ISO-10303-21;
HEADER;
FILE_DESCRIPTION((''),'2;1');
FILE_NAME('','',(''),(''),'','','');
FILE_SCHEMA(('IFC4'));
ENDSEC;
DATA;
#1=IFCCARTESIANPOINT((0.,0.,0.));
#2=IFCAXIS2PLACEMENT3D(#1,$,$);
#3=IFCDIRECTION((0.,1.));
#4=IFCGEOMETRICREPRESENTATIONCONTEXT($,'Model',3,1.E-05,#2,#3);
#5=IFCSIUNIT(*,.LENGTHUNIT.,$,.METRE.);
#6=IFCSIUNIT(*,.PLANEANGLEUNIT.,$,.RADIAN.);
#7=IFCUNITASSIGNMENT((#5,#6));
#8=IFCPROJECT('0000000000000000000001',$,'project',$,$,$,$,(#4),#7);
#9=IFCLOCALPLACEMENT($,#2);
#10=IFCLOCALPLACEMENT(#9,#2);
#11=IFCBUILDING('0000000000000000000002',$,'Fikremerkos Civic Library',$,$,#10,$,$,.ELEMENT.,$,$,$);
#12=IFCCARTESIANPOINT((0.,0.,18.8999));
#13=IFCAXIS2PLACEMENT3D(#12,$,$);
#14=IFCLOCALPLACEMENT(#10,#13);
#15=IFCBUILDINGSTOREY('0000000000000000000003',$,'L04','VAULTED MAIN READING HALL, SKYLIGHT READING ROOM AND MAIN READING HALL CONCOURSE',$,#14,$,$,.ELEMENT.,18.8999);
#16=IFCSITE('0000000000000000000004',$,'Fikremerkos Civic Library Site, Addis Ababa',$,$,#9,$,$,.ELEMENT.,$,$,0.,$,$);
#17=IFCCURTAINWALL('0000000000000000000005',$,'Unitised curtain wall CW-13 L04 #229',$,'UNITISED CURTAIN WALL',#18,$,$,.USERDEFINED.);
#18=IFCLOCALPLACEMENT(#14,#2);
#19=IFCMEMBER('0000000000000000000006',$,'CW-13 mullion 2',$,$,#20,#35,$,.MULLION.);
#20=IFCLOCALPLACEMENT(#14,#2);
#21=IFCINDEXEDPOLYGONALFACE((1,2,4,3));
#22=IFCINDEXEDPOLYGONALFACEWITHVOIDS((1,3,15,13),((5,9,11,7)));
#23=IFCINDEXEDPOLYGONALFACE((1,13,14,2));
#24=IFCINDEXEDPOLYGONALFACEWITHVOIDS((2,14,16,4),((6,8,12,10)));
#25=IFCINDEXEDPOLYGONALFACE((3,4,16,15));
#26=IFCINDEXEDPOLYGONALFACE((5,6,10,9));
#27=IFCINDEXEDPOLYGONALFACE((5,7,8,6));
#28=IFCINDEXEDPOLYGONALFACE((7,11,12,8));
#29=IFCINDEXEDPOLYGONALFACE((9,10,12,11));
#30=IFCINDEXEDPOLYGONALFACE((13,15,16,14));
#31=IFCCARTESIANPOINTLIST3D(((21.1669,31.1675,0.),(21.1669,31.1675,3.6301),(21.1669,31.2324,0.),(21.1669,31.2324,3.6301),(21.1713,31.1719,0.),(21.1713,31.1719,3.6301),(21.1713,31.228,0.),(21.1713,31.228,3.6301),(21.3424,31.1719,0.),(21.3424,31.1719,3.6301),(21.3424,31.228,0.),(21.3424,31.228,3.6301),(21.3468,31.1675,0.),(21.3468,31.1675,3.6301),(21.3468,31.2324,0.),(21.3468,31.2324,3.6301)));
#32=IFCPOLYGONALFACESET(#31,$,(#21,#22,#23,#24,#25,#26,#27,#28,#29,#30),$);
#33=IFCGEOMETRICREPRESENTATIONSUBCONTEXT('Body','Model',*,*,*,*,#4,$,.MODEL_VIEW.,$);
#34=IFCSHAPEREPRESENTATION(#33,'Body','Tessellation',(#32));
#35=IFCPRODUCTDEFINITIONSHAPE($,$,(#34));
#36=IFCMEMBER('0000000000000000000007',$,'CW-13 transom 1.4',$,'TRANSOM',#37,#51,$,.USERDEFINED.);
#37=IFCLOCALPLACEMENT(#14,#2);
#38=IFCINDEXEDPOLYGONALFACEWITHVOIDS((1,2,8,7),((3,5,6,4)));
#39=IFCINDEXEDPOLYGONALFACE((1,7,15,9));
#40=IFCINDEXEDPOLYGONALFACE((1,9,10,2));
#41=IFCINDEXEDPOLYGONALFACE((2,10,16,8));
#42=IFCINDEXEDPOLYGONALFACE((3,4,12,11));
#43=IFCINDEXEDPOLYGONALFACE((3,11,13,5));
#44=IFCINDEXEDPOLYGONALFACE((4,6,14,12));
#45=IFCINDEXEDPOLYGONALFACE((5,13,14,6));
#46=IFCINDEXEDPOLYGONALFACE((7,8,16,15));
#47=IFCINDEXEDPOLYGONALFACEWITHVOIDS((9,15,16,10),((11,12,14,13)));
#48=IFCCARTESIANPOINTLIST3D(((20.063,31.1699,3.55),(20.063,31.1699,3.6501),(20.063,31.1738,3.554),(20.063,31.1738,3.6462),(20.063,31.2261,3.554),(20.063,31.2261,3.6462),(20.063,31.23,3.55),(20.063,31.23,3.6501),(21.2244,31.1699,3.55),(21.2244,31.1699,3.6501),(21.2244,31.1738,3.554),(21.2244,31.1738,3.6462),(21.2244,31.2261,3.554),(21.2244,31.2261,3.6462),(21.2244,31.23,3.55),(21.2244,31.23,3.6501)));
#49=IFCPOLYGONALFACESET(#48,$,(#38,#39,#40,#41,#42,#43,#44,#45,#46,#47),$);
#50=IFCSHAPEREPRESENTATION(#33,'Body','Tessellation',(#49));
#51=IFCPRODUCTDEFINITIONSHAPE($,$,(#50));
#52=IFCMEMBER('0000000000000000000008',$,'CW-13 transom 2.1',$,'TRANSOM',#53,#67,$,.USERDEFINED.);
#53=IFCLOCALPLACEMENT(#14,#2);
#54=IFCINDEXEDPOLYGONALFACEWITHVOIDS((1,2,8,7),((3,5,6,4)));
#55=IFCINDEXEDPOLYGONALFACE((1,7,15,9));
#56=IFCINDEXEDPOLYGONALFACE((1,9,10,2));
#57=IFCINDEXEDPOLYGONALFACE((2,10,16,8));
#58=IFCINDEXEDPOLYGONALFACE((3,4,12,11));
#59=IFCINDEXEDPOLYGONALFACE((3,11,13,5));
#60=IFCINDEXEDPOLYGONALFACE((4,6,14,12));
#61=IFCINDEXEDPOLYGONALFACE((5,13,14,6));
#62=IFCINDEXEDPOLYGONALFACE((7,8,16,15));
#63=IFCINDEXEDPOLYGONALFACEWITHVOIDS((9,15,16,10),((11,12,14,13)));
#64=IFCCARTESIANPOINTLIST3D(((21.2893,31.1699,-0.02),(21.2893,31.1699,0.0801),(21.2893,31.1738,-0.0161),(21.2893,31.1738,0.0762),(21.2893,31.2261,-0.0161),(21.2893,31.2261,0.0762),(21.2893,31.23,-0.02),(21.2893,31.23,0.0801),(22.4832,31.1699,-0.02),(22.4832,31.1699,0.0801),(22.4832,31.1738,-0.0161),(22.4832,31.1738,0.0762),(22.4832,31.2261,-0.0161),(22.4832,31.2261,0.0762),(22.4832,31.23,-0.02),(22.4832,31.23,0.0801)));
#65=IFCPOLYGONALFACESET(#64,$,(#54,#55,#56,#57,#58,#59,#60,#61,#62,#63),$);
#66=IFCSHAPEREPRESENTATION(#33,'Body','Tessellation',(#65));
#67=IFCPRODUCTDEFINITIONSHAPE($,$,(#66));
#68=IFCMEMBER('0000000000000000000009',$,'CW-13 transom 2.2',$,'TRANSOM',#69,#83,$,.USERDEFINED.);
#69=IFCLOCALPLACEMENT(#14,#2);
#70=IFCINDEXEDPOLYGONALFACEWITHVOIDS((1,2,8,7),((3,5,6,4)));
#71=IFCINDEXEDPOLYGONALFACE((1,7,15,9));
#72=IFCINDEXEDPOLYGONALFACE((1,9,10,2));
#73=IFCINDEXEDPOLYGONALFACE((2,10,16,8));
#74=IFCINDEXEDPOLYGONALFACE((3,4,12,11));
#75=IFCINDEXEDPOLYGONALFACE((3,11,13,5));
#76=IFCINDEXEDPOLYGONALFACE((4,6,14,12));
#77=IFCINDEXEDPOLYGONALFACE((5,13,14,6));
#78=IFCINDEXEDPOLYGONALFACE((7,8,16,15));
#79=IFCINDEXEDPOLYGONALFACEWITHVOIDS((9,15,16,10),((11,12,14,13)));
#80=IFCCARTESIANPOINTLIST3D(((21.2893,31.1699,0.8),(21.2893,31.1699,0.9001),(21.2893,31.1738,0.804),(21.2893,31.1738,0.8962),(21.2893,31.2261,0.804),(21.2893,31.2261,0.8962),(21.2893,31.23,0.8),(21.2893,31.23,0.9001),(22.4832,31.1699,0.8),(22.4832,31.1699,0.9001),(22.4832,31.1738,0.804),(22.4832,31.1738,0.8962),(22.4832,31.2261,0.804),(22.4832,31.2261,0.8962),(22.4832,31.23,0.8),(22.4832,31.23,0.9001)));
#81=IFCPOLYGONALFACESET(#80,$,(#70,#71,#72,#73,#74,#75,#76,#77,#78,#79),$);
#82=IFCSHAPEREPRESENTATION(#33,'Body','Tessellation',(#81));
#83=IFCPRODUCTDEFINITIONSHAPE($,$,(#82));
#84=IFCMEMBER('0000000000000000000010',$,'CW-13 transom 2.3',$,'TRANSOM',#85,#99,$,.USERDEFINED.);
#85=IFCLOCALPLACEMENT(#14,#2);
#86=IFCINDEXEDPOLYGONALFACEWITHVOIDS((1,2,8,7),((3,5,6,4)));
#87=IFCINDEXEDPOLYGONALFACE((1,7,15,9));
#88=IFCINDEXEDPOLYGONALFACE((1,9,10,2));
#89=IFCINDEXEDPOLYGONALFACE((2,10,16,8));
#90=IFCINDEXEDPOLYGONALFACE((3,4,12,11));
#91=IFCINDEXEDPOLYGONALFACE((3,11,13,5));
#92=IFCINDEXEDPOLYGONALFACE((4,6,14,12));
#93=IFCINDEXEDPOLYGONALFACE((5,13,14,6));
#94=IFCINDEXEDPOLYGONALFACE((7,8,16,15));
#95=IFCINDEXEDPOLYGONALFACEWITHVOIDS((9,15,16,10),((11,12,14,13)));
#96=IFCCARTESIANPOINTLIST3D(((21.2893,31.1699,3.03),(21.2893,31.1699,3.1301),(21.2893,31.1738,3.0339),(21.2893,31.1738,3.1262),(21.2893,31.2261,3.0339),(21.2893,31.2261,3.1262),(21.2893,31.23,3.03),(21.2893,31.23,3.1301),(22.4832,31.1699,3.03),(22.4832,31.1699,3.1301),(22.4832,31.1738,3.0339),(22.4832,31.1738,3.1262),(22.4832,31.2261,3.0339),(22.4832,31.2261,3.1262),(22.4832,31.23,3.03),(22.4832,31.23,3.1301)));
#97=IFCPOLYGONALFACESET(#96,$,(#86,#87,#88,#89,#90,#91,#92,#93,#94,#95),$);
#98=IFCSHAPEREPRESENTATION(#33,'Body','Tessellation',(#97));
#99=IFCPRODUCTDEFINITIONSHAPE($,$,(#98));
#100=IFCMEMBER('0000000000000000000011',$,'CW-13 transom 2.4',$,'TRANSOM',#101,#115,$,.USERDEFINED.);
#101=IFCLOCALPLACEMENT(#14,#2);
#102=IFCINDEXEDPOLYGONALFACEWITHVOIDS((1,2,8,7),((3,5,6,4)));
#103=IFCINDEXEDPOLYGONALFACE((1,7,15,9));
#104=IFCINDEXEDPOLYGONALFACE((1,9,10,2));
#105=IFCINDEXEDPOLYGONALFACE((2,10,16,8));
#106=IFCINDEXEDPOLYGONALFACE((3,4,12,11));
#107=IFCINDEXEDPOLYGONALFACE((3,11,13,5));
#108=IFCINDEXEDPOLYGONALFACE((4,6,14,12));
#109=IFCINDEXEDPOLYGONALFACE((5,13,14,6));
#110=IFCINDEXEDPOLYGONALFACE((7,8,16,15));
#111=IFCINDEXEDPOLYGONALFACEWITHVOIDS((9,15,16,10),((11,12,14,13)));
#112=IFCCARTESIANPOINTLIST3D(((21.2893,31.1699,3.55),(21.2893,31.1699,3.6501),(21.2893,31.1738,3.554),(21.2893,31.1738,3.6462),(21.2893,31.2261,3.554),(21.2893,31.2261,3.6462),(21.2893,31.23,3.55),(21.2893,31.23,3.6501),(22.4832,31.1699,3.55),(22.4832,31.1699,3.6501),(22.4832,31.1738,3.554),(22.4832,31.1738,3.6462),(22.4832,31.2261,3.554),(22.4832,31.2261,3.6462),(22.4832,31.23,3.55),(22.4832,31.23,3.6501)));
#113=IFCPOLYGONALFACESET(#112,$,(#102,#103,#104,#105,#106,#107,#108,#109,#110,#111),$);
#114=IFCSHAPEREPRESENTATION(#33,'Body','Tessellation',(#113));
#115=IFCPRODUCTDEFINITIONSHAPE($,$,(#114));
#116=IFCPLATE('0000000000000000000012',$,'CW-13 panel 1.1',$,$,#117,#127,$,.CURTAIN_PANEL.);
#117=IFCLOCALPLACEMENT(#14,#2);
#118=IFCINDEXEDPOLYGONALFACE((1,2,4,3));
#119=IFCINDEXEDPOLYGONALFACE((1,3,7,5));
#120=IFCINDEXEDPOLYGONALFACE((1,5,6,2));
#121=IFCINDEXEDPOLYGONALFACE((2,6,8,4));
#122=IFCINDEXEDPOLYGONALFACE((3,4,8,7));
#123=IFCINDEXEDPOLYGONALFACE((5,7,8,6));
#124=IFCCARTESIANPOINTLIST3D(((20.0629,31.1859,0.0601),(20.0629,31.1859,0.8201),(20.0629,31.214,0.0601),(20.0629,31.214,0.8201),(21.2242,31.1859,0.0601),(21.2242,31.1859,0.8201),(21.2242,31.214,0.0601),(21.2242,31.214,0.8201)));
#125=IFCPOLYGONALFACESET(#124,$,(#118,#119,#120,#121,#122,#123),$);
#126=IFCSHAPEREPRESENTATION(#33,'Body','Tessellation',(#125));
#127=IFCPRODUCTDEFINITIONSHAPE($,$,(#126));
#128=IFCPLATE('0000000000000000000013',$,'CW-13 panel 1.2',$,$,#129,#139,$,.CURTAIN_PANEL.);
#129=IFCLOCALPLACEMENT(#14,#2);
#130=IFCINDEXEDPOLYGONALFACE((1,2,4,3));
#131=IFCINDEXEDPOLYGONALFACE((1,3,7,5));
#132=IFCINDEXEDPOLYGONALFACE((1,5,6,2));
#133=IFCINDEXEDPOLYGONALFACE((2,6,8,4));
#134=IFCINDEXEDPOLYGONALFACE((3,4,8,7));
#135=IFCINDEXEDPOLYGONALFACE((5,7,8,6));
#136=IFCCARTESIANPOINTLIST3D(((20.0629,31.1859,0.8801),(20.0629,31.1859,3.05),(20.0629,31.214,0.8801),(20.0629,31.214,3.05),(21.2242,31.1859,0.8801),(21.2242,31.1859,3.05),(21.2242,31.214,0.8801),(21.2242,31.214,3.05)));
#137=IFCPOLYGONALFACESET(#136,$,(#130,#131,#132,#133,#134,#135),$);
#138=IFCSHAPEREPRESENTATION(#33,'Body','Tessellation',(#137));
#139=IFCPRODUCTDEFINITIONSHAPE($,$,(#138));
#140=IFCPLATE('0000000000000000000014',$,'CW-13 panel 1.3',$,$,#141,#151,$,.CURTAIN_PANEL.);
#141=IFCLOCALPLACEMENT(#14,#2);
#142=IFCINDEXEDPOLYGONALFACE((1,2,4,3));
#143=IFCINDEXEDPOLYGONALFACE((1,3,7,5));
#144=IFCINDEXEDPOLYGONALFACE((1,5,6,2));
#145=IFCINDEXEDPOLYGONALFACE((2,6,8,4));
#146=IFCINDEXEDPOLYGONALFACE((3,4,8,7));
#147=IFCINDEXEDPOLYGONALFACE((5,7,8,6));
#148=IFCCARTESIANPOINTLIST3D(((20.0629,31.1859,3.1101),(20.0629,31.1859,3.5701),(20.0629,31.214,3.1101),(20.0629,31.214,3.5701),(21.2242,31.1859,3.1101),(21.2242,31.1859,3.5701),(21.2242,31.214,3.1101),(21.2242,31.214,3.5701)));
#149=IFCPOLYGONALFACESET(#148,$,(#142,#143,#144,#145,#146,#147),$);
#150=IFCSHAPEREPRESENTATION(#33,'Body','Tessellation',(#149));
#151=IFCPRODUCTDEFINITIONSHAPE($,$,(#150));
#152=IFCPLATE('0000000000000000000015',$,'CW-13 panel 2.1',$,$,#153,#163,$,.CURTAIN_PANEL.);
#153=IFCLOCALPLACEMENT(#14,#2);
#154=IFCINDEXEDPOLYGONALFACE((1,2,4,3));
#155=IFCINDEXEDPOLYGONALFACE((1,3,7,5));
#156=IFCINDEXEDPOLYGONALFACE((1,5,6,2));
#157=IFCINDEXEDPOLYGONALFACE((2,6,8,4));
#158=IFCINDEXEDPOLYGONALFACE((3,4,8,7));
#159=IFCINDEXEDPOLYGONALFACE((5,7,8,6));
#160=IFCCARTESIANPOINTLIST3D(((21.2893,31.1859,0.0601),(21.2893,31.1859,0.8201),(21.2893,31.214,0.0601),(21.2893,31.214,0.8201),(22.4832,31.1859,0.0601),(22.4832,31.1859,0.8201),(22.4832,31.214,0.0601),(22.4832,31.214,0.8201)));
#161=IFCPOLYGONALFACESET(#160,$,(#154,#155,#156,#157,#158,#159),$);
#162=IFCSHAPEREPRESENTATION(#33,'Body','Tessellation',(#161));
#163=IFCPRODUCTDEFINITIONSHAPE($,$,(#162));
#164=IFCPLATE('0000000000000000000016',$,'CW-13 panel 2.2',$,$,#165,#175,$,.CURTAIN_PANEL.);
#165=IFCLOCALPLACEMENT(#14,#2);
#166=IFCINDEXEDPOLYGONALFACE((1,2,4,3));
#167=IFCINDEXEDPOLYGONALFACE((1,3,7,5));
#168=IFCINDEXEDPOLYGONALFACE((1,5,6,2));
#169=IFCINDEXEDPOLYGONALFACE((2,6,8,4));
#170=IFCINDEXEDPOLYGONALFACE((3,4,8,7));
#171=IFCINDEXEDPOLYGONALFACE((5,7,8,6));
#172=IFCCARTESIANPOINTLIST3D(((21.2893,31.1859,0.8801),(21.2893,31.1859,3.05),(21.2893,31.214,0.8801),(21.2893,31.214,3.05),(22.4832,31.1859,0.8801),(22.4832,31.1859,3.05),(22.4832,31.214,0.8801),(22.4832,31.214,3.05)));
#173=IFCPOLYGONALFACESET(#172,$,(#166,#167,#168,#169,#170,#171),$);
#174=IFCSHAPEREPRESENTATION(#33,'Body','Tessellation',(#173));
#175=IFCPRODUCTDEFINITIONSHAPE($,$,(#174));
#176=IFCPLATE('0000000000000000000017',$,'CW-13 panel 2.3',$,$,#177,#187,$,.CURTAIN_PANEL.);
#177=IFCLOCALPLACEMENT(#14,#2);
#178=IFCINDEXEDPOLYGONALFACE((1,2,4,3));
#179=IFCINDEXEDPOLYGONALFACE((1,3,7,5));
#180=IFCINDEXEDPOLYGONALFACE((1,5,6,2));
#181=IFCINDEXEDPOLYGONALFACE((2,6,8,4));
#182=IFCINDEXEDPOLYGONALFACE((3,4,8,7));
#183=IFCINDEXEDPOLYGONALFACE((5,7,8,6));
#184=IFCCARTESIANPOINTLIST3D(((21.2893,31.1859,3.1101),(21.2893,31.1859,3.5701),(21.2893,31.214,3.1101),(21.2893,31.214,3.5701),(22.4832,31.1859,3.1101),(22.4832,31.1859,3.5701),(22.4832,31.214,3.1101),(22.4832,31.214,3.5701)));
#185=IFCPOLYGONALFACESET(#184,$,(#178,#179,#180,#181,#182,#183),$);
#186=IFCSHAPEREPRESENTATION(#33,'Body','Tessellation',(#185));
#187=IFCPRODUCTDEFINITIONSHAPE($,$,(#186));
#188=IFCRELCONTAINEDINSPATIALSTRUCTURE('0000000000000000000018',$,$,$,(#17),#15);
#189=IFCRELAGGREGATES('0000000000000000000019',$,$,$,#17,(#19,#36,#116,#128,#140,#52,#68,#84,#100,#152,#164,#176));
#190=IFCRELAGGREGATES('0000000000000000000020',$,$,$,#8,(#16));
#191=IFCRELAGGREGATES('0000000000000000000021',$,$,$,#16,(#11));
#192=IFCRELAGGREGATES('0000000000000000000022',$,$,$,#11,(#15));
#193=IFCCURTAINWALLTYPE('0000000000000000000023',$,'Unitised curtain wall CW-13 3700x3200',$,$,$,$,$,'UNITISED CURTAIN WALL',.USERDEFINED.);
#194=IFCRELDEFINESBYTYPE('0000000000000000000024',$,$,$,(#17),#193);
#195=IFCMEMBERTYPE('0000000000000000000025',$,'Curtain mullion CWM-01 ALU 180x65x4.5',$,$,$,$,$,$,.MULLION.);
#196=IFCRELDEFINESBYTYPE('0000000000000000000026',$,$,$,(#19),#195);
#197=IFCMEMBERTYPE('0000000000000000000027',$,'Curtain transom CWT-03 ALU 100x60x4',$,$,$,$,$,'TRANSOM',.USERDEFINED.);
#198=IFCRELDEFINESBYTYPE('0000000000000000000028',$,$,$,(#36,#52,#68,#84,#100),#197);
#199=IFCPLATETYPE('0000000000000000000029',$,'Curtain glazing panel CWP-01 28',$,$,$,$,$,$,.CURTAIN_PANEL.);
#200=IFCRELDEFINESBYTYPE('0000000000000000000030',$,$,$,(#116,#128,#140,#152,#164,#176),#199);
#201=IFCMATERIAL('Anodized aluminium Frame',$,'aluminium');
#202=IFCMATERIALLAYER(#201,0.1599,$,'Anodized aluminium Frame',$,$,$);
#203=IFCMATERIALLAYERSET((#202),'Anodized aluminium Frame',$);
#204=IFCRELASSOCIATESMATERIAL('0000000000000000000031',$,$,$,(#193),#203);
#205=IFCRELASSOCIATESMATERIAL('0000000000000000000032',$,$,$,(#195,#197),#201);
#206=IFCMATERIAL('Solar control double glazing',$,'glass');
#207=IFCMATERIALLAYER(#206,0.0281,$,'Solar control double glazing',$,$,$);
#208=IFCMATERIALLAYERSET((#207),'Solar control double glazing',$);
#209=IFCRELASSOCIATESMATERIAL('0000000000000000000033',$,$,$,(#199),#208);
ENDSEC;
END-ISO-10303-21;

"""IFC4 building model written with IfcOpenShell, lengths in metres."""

from ifc_helpers import new_model, si_unit, direction, frame, origin, origin_2d, place, context, subcontext, project, spatial, rectangle, hollow_rectangle, extrude, material, layer, layer_set, material_profile, profile_set, type_object, element, aggregate, save


model = new_model("IFC4")

# Units and contexts
model_context = context("Model", 3, precision=1e-05, world=origin(), true_north=direction((0.0, 1.0)))
body_context = subcontext(model_context, "Body", "Model", "MODEL_VIEW")
ifc_project = project(units=[si_unit("LENGTHUNIT", "METRE"), si_unit("PLANEANGLEUNIT", "RADIAN")], contexts=[model_context])

# Site, building, storey
site_placement = place(None, origin())
site = spatial("IfcSite", under=ifc_project, at=site_placement, Name="Fikremerkos Civic Library Site, Addis Ababa", CompositionType="ELEMENT", RefElevation=0.0)
building_placement = place(site_placement, origin())
building = spatial("IfcBuilding", under=site, at=building_placement, Name="Fikremerkos Civic Library", CompositionType="ELEMENT")
storey_placement = place(building_placement, frame((0.0, 0.0, 18.8999)))
storey = spatial("IfcBuildingStorey", under=building, at=storey_placement, Name="L04", Description="VAULTED MAIN READING HALL, SKYLIGHT READING ROOM AND MAIN READING HALL CONCOURSE", CompositionType="ELEMENT", Elevation=18.8999)

# Curtain wall, members, plates
ifc_material_1 = material(Name="Anodized aluminium Frame", Category="aluminium")
ifc_layer_1 = layer(ifc_material_1, 0.1599, Name="Anodized aluminium Frame")
ifc_layer_set_1 = layer_set([ifc_layer_1], Name="Anodized aluminium Frame")
curtain_wall_type = type_object("IfcCurtainWallType", Name="Unitised curtain wall CW-13 3700x3200", ElementType="UNITISED CURTAIN WALL", PredefinedType="USERDEFINED", material=ifc_layer_set_1)
curtain_wall_placement = place(storey_placement, origin())
curtain_wall = element("IfcCurtainWall", 1, at=curtain_wall_placement, inside=storey, type_object=curtain_wall_type, Name="Unitised curtain wall CW-13 L04 #229", ObjectType="UNITISED CURTAIN WALL", PredefinedType="USERDEFINED")
ifc_material_profile_1 = material_profile(ifc_material_1, hollow_rectangle(XDim=0.0649, YDim=0.1799, WallThickness=0.0044, at=origin_2d()), Name="ALU 180x65x4.5")
ifc_profile_set_1 = profile_set([ifc_material_profile_1], Name="Anodized aluminium Frame")
member_type_1 = type_object("IfcMemberType", Name="Curtain mullion CWM-01 ALU 180x65x4.5", PredefinedType="MULLION", material=ifc_profile_set_1)
member_1_placement = place(storey_placement, frame((21.2568, 31.2, 0.0), z_axis=(0.0, 0.0, 1.0), x_axis=(0.0, 1.0, 0.0)))
member_1 = element("IfcMember", 2, at=member_1_placement, type_object=member_type_1, Name="CW-13 mullion 2", PredefinedType="MULLION", context=body_context, shape_type="SweptSolid", body=[
    extrude(hollow_rectangle(XDim=0.0649, YDim=0.1799, WallThickness=0.0044, at=origin_2d()), origin(), (0.0, 0.0, 1.0), 3.6301),
])
ifc_material_profile_2 = material_profile(ifc_material_1, hollow_rectangle(XDim=0.0601, YDim=0.1001, WallThickness=0.0039, at=origin_2d()), Name="ALU 100x60x4")
ifc_profile_set_2 = profile_set([ifc_material_profile_2], Name="Anodized aluminium Frame")
member_type_2 = type_object("IfcMemberType", Name="Curtain transom CWT-03 ALU 100x60x4", ElementType="TRANSOM", PredefinedType="USERDEFINED", material=ifc_profile_set_2)
member_2_placement = place(storey_placement, frame((20.063, 31.2, 3.6001), z_axis=(1.0, 0.0, 0.0), x_axis=(0.0, 1.0, 0.0)))
member_2 = element("IfcMember", 3, at=member_2_placement, type_object=member_type_2, Name="CW-13 transom 1.4", ObjectType="TRANSOM", PredefinedType="USERDEFINED", context=body_context, shape_type="SweptSolid", body=[
    extrude(hollow_rectangle(XDim=0.0601, YDim=0.1001, WallThickness=0.0039, at=origin_2d()), origin(), (0.0, 0.0, 1.0), 1.1614),
])
member_3_placement = place(storey_placement, frame((21.2893, 31.2, 0.03), z_axis=(1.0, 0.0, 0.0), x_axis=(0.0, 1.0, 0.0)))
member_3 = element("IfcMember", 4, at=member_3_placement, type_object=member_type_2, Name="CW-13 transom 2.1", ObjectType="TRANSOM", PredefinedType="USERDEFINED", context=body_context, shape_type="SweptSolid", body=[
    extrude(hollow_rectangle(XDim=0.0601, YDim=0.1001, WallThickness=0.0039, at=origin_2d()), origin(), (0.0, 0.0, 1.0), 1.1938),
])
member_4_placement = place(storey_placement, frame((21.2893, 31.2, 0.8501), z_axis=(1.0, 0.0, 0.0), x_axis=(0.0, 1.0, 0.0)))
member_4 = element("IfcMember", 5, at=member_4_placement, type_object=member_type_2, Name="CW-13 transom 2.2", ObjectType="TRANSOM", PredefinedType="USERDEFINED", context=body_context, shape_type="SweptSolid", body=[
    extrude(hollow_rectangle(XDim=0.0601, YDim=0.1001, WallThickness=0.0039, at=origin_2d()), origin(), (0.0, 0.0, 1.0), 1.1938),
])
member_5_placement = place(storey_placement, frame((21.2893, 31.2, 3.0801), z_axis=(1.0, 0.0, 0.0), x_axis=(0.0, 1.0, 0.0)))
member_5 = element("IfcMember", 6, at=member_5_placement, type_object=member_type_2, Name="CW-13 transom 2.3", ObjectType="TRANSOM", PredefinedType="USERDEFINED", context=body_context, shape_type="SweptSolid", body=[
    extrude(hollow_rectangle(XDim=0.0601, YDim=0.1001, WallThickness=0.0039, at=origin_2d()), origin(), (0.0, 0.0, 1.0), 1.1938),
])
member_6_placement = place(storey_placement, frame((21.2893, 31.2, 3.6001), z_axis=(1.0, 0.0, 0.0), x_axis=(0.0, 1.0, 0.0)))
member_6 = element("IfcMember", 7, at=member_6_placement, type_object=member_type_2, Name="CW-13 transom 2.4", ObjectType="TRANSOM", PredefinedType="USERDEFINED", context=body_context, shape_type="SweptSolid", body=[
    extrude(hollow_rectangle(XDim=0.0601, YDim=0.1001, WallThickness=0.0039, at=origin_2d()), origin(), (0.0, 0.0, 1.0), 1.1938),
])
ifc_material_2 = material(Name="Solar control double glazing", Category="glass")
ifc_layer_2 = layer(ifc_material_2, 0.0281, Name="Solar control double glazing")
ifc_layer_set_2 = layer_set([ifc_layer_2], Name="Solar control double glazing")
plate_type = type_object("IfcPlateType", Name="Curtain glazing panel CWP-01 28", PredefinedType="CURTAIN_PANEL", material=ifc_layer_set_2)
plate_1_placement = place(storey_placement, frame((20.6436, 31.2, 0.0601), z_axis=(0.0, 0.0, 1.0), x_axis=(1.0, 0.0, 0.0)))
plate_1 = element("IfcPlate", 8, at=plate_1_placement, type_object=plate_type, Name="CW-13 panel 1.1", PredefinedType="CURTAIN_PANEL", context=body_context, shape_type="SweptSolid", body=[
    extrude(rectangle(XDim=1.1614, YDim=0.0281, at=origin_2d()), origin(), (0.0, 0.0, 1.0), 0.76),
])
plate_2_placement = place(storey_placement, frame((20.6436, 31.2, 0.8801), z_axis=(0.0, 0.0, 1.0), x_axis=(1.0, 0.0, 0.0)))
plate_2 = element("IfcPlate", 9, at=plate_2_placement, type_object=plate_type, Name="CW-13 panel 1.2", PredefinedType="CURTAIN_PANEL", context=body_context, shape_type="SweptSolid", body=[
    extrude(rectangle(XDim=1.1614, YDim=0.0281, at=origin_2d()), origin(), (0.0, 0.0, 1.0), 2.1699),
])
plate_3_placement = place(storey_placement, frame((20.6436, 31.2, 3.1101), z_axis=(0.0, 0.0, 1.0), x_axis=(1.0, 0.0, 0.0)))
plate_3 = element("IfcPlate", 10, at=plate_3_placement, type_object=plate_type, Name="CW-13 panel 1.3", PredefinedType="CURTAIN_PANEL", context=body_context, shape_type="SweptSolid", body=[
    extrude(rectangle(XDim=1.1614, YDim=0.0281, at=origin_2d()), origin(), (0.0, 0.0, 1.0), 0.46),
])
plate_4_placement = place(storey_placement, frame((21.8862, 31.2, 0.0601), z_axis=(0.0, 0.0, 1.0), x_axis=(1.0, 0.0, 0.0)))
plate_4 = element("IfcPlate", 11, at=plate_4_placement, type_object=plate_type, Name="CW-13 panel 2.1", PredefinedType="CURTAIN_PANEL", context=body_context, shape_type="SweptSolid", body=[
    extrude(rectangle(XDim=1.1938, YDim=0.0281, at=origin_2d()), origin(), (0.0, 0.0, 1.0), 0.76),
])
plate_5_placement = place(storey_placement, frame((21.8862, 31.2, 0.8801), z_axis=(0.0, 0.0, 1.0), x_axis=(1.0, 0.0, 0.0)))
plate_5 = element("IfcPlate", 12, at=plate_5_placement, type_object=plate_type, Name="CW-13 panel 2.2", PredefinedType="CURTAIN_PANEL", context=body_context, shape_type="SweptSolid", body=[
    extrude(rectangle(XDim=1.1938, YDim=0.0281, at=origin_2d()), origin(), (0.0, 0.0, 1.0), 2.1699),
])
plate_6_placement = place(storey_placement, frame((21.8862, 31.2, 3.1101), z_axis=(0.0, 0.0, 1.0), x_axis=(1.0, 0.0, 0.0)))
plate_6 = element("IfcPlate", 13, at=plate_6_placement, type_object=plate_type, Name="CW-13 panel 2.3", PredefinedType="CURTAIN_PANEL", context=body_context, shape_type="SweptSolid", body=[
    extrude(rectangle(XDim=1.1938, YDim=0.0281, at=origin_2d()), origin(), (0.0, 0.0, 1.0), 0.46),
])
aggregate(curtain_wall, [member_1, member_2, plate_1, plate_2, plate_3, member_3, member_4, member_5, member_6, plate_4, plate_5, plate_6])

save(model, "model.ifc")
